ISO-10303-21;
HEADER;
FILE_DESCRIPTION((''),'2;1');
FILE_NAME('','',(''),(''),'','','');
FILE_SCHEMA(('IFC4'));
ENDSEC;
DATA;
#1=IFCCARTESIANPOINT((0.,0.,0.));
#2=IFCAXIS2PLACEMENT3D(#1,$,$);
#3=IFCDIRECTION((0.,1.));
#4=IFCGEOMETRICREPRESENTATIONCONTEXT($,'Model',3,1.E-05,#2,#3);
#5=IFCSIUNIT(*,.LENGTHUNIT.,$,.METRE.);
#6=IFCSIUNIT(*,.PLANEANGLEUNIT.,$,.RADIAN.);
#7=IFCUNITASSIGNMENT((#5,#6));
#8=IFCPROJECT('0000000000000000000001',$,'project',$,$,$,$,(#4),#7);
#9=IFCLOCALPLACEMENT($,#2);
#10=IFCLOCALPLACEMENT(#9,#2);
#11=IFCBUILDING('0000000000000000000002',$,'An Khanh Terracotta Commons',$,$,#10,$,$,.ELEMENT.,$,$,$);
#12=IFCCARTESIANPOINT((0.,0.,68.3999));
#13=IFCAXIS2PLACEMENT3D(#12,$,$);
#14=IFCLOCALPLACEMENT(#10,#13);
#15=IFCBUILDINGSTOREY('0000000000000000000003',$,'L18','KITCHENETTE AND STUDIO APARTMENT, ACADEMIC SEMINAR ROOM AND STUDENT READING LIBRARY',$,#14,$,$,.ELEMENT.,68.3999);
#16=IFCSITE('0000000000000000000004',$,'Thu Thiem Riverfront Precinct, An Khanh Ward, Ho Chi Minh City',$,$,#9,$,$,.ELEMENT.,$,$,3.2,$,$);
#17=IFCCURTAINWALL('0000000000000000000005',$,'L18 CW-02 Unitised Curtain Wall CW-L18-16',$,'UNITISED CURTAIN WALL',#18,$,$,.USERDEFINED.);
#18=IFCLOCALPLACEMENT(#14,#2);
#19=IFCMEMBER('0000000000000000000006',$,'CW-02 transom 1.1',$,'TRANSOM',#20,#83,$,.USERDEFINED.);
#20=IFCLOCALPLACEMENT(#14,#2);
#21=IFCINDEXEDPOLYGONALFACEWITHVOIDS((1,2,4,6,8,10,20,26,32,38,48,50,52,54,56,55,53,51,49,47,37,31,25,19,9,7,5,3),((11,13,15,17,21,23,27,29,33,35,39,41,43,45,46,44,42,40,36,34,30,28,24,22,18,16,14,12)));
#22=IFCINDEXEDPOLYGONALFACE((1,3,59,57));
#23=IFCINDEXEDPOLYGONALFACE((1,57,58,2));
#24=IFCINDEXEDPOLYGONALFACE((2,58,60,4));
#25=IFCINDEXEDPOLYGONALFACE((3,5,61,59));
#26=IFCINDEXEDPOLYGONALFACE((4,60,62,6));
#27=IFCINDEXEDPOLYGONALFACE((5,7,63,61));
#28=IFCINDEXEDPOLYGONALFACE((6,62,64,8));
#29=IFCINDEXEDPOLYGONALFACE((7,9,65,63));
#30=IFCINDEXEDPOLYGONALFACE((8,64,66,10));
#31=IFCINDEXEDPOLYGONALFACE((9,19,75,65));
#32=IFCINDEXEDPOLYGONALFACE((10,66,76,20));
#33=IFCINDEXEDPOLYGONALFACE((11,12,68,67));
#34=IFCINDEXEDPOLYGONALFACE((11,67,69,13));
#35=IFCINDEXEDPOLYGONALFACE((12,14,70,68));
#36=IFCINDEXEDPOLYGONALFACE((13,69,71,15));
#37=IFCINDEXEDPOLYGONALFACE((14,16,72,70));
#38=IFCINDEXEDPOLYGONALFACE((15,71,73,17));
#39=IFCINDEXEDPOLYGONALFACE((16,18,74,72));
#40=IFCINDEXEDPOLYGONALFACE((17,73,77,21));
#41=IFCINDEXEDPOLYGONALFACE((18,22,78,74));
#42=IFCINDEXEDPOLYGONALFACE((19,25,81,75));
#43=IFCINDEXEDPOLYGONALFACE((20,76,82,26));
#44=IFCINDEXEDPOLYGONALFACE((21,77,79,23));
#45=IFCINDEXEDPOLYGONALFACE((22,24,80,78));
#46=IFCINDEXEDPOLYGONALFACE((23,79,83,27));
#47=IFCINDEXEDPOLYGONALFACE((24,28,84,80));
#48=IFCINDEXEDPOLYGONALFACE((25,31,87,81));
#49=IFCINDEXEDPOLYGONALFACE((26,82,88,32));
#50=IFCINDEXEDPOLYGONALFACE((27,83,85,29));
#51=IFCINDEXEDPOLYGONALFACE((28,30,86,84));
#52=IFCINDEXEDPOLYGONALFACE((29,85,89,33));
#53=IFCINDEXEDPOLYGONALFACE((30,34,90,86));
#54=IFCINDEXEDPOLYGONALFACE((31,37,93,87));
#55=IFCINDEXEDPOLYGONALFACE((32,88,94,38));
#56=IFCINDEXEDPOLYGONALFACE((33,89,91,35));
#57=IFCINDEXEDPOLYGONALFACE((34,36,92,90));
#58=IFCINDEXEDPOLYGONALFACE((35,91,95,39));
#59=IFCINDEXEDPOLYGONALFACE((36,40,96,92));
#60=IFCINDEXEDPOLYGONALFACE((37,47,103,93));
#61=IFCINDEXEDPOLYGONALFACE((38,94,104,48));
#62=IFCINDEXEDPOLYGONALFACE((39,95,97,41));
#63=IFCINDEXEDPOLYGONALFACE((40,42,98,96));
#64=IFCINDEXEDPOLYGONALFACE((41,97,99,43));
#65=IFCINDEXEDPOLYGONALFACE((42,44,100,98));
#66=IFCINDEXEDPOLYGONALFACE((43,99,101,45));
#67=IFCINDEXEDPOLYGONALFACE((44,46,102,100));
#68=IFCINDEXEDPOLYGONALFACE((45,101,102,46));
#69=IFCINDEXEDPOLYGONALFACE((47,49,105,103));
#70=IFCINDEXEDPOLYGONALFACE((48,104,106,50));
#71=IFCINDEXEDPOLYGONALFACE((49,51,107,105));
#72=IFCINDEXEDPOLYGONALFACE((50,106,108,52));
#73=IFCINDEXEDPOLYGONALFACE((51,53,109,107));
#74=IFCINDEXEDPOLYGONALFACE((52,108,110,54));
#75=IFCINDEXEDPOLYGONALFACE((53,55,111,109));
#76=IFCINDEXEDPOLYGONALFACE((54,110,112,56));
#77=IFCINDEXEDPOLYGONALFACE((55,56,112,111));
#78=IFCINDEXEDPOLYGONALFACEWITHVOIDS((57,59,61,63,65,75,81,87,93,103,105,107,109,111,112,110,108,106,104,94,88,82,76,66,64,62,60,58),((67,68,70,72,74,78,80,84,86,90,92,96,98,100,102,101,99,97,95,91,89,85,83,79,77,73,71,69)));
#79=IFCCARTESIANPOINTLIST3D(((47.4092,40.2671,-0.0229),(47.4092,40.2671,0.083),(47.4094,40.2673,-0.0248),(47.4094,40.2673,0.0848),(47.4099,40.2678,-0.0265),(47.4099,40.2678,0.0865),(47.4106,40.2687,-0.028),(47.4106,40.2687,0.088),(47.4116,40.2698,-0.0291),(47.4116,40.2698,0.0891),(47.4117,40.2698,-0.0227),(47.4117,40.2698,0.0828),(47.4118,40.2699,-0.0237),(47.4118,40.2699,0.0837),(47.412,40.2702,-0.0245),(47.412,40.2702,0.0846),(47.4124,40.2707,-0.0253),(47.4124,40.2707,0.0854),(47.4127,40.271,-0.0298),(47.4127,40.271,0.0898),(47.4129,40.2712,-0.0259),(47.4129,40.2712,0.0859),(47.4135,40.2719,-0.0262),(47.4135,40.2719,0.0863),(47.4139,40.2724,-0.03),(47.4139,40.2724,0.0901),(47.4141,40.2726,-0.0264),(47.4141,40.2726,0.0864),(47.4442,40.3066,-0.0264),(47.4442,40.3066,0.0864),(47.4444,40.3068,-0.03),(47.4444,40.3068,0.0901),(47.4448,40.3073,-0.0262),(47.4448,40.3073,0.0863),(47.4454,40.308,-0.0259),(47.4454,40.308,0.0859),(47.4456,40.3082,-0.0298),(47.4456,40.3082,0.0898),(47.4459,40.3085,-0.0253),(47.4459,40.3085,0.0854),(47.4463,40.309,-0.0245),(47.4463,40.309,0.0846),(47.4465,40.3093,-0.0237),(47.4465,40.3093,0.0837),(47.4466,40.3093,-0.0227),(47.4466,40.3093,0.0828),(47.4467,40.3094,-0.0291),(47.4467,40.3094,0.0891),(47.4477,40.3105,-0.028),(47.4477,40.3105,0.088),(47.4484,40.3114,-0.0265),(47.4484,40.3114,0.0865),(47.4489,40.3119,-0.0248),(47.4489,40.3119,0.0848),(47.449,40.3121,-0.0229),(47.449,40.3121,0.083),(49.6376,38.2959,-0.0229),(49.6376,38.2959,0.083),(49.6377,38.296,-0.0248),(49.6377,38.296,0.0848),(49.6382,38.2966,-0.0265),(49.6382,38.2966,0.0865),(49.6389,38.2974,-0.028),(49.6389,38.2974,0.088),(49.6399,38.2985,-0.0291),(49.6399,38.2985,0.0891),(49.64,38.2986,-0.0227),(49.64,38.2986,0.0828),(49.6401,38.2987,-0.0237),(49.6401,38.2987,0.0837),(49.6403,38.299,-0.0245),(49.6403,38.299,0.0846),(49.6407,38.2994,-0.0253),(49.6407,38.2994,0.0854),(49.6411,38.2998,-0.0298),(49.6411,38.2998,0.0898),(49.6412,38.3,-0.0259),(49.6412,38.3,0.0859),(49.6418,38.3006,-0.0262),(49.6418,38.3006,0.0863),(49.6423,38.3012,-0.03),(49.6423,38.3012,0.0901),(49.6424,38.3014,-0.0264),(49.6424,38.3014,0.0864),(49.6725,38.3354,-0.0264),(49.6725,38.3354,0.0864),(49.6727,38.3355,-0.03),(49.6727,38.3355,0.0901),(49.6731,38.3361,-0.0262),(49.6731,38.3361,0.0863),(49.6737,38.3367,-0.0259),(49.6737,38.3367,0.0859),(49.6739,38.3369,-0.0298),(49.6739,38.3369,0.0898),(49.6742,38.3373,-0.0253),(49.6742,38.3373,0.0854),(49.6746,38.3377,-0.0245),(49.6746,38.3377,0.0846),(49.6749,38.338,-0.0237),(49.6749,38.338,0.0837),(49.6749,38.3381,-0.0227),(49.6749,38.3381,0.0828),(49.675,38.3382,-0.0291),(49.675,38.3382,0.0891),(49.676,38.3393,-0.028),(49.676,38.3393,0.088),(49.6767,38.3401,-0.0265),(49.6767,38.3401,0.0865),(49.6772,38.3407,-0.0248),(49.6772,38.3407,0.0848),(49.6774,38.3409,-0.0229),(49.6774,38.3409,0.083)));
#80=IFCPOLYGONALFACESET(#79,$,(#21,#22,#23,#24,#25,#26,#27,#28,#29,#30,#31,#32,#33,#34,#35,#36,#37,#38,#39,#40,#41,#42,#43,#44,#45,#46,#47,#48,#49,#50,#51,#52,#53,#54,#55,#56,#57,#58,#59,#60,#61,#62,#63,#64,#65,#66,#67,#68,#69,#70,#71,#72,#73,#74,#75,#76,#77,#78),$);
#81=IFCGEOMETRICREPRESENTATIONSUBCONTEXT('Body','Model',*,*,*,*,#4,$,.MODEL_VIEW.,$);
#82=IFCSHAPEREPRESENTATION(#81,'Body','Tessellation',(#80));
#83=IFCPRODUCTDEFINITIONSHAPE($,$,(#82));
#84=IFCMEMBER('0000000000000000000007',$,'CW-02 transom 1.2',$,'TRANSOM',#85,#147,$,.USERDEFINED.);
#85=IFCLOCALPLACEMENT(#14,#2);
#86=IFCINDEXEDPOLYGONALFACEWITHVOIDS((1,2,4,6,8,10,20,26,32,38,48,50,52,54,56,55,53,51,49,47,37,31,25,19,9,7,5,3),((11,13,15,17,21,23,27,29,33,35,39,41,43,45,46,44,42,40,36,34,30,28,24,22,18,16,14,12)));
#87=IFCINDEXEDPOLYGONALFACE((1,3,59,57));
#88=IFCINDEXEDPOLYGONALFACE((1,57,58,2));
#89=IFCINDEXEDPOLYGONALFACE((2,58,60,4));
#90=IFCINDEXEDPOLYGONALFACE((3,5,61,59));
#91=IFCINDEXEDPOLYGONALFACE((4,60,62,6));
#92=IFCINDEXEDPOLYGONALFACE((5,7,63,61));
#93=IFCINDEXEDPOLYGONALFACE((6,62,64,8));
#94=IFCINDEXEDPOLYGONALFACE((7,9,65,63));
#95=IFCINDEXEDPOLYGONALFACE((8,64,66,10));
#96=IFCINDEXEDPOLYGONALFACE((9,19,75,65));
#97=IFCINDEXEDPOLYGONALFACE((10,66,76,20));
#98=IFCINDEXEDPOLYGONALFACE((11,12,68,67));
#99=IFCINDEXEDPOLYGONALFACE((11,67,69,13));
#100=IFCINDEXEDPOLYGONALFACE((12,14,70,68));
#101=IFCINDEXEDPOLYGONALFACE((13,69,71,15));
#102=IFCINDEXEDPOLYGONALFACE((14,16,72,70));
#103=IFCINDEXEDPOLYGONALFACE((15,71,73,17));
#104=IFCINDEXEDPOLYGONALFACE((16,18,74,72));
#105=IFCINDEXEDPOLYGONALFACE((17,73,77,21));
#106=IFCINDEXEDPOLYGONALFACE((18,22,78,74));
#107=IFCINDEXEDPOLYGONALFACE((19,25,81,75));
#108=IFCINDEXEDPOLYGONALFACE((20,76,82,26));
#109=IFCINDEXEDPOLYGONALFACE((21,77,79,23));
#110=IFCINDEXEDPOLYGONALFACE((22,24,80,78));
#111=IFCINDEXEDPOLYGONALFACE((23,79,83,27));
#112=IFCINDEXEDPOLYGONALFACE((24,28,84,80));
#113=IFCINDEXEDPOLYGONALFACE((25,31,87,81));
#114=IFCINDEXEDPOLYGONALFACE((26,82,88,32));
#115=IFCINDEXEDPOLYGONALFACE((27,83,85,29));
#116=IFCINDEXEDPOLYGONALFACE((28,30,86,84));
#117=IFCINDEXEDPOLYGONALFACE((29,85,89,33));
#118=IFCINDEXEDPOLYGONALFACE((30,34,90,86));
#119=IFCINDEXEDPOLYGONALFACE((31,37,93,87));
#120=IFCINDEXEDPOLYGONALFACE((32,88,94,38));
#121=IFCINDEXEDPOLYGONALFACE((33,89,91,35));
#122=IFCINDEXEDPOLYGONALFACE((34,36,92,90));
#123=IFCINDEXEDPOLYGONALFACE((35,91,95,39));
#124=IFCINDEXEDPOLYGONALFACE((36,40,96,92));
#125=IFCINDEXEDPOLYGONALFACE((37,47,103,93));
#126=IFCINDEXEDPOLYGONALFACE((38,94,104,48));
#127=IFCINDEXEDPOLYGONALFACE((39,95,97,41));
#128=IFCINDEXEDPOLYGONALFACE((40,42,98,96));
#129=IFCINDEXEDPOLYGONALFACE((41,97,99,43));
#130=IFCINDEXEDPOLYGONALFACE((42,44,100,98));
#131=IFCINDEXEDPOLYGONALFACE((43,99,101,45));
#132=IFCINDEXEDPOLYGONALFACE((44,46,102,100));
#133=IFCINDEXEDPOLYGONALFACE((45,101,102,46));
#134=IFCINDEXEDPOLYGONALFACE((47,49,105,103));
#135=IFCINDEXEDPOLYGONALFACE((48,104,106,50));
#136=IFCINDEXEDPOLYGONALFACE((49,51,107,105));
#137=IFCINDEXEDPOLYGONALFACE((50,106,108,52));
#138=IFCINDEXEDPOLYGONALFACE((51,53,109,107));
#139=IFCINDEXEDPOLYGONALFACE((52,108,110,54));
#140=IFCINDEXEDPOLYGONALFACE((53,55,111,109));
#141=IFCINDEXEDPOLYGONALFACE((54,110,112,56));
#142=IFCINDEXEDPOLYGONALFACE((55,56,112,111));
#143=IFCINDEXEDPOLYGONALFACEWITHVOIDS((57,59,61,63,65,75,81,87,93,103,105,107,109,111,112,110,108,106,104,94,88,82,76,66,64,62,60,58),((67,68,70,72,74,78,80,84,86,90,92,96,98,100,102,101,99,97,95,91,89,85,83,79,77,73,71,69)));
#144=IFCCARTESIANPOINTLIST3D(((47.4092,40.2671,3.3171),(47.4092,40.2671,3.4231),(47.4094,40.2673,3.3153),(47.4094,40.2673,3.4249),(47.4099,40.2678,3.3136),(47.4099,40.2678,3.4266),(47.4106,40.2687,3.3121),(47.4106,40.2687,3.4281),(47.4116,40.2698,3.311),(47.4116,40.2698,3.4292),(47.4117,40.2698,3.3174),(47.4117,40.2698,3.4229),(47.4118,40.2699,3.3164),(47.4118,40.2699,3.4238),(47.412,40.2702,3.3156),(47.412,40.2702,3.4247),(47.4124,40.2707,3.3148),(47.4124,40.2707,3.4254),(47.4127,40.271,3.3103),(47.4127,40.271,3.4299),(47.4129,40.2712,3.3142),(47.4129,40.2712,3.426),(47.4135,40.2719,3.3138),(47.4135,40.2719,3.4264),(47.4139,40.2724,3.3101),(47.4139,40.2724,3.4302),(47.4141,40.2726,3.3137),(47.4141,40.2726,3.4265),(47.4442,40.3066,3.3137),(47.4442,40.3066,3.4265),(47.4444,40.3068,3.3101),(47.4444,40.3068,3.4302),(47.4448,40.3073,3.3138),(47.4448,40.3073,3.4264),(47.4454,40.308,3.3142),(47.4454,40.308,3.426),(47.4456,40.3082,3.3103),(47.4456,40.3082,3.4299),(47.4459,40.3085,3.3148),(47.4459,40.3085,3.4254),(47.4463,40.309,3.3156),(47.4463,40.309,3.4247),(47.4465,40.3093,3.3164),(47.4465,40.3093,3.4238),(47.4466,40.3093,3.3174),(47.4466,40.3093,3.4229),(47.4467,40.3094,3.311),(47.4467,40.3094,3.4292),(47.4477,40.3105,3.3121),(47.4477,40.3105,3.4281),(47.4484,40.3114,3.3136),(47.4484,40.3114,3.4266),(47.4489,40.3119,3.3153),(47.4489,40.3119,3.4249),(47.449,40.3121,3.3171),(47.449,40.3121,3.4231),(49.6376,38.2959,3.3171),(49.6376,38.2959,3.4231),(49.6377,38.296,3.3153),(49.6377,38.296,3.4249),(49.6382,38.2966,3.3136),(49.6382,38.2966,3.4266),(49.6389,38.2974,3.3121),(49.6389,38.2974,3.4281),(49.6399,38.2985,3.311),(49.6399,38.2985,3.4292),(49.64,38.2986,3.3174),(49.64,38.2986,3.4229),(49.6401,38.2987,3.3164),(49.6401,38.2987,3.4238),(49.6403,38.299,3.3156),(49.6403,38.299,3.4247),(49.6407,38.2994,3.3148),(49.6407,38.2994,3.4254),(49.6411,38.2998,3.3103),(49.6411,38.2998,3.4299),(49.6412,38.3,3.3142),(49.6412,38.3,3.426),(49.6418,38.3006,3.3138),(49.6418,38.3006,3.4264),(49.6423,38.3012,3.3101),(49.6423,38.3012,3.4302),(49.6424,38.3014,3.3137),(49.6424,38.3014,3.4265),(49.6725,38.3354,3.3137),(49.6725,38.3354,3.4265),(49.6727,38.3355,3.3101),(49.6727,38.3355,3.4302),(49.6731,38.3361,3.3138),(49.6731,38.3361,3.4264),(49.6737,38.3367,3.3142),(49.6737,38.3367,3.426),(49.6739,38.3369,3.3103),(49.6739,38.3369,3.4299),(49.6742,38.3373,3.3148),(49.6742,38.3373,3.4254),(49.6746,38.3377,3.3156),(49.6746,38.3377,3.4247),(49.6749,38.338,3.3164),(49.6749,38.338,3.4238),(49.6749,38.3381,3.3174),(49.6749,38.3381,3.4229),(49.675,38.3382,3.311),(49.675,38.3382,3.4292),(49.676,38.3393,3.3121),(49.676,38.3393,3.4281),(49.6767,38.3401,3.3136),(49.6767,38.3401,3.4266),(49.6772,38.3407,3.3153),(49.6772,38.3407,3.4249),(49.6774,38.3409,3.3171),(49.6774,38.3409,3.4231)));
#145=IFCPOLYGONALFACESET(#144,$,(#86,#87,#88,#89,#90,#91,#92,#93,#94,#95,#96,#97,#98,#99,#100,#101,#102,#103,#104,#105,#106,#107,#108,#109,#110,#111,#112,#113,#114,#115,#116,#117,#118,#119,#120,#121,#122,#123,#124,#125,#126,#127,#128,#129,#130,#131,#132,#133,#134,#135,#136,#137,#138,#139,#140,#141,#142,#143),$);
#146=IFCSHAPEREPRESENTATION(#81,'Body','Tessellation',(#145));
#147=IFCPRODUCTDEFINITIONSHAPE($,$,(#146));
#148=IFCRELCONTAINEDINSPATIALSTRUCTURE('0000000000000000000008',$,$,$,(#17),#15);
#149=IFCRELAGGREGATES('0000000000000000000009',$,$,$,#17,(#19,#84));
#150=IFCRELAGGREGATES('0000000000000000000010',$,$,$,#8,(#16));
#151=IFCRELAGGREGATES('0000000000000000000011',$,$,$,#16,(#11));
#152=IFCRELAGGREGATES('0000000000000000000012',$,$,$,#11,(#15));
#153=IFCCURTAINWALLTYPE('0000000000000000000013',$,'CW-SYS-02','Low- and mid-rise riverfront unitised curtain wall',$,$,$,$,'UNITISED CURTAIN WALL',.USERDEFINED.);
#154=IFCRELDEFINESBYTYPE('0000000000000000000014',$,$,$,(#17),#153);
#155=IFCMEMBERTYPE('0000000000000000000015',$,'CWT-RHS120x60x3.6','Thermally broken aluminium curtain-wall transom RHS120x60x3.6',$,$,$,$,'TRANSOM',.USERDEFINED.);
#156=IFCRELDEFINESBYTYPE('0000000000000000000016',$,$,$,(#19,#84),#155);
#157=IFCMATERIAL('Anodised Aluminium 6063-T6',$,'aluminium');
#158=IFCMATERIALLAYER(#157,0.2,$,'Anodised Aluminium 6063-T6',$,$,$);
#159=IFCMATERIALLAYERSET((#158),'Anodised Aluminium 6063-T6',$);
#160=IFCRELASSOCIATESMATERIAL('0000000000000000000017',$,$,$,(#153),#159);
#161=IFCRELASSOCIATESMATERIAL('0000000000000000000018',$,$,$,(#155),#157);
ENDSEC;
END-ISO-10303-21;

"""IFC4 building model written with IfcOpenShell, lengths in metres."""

from ifc_helpers import new_model, si_unit, direction, frame, origin, origin_2d, place, context, subcontext, project, spatial, hollow_rectangle, extrude, material, layer, layer_set, material_profile, profile_set, type_object, element, aggregate, save


model = new_model("IFC4")

# Units and contexts
model_context = context("Model", 3, precision=1e-05, world=origin(), true_north=direction((0.0, 1.0)))
body_context = subcontext(model_context, "Body", "Model", "MODEL_VIEW")
ifc_project = project(units=[si_unit("LENGTHUNIT", "METRE"), si_unit("PLANEANGLEUNIT", "RADIAN")], contexts=[model_context])

# Site, building, storey
site_placement = place(None, origin())
site = spatial("IfcSite", under=ifc_project, at=site_placement, Name="Thu Thiem Riverfront Precinct, An Khanh Ward, Ho Chi Minh City", CompositionType="ELEMENT", RefElevation=3.2)
building_placement = place(site_placement, origin())
building = spatial("IfcBuilding", under=site, at=building_placement, Name="An Khanh Terracotta Commons", CompositionType="ELEMENT")
storey_placement = place(building_placement, frame((0.0, 0.0, 68.3999)))
storey = spatial("IfcBuildingStorey", under=building, at=storey_placement, Name="L18", Description="KITCHENETTE AND STUDIO APARTMENT, ACADEMIC SEMINAR ROOM AND STUDENT READING LIBRARY", CompositionType="ELEMENT", Elevation=68.3999)

# Curtain wall, members
ifc_material_1 = material(Name="Anodised Aluminium 6063-T6", Category="aluminium")
ifc_layer_1 = layer(ifc_material_1, 0.2, Name="Anodised Aluminium 6063-T6")
ifc_layer_set_1 = layer_set([ifc_layer_1], Name="Anodised Aluminium 6063-T6")
curtain_wall_type = type_object("IfcCurtainWallType", Name="CW-SYS-02", Description="Low- and mid-rise riverfront unitised curtain wall", ElementType="UNITISED CURTAIN WALL", PredefinedType="USERDEFINED", material=ifc_layer_set_1)
curtain_wall_placement = place(storey_placement, origin())
curtain_wall = element("IfcCurtainWall", 1, at=curtain_wall_placement, inside=storey, type_object=curtain_wall_type, Name="L18 CW-02 Unitised Curtain Wall CW-L18-16", ObjectType="UNITISED CURTAIN WALL", PredefinedType="USERDEFINED")
ifc_material_profile_1 = material_profile(ifc_material_1, hollow_rectangle(XDim=0.0601, YDim=0.1201, WallThickness=0.0037, InnerFilletRadius=0.0037, OuterFilletRadius=0.0071, at=origin_2d()), Name="RHS120x60x3.6")
ifc_profile_set_1 = profile_set([ifc_material_profile_1], Name="Anodised Aluminium 6063-T6")
member_type_1 = type_object("IfcMemberType", Name="CWT-RHS120x60x3.6", Description="Thermally broken aluminium curtain-wall transom RHS120x60x3.6", ElementType="TRANSOM", PredefinedType="USERDEFINED", material=ifc_profile_set_1)
member_1_placement = place(storey_placement, frame((49.6575, 38.3184, 0.03), z_axis=(-0.748992, 0.662579, 0.0), x_axis=(-0.662579, -0.748992, 0.0)))
member_1 = element("IfcMember", 2, at=member_1_placement, type_object=member_type_1, Name="CW-02 transom 1.1", ObjectType="TRANSOM", PredefinedType="USERDEFINED", context=body_context, shape_type="SweptSolid", body=[
    extrude(hollow_rectangle(XDim=0.0601, YDim=0.1201, WallThickness=0.0037, InnerFilletRadius=0.0037, OuterFilletRadius=0.0071, at=origin_2d()), origin(), (0.0, 0.0, 1.0), 2.9751),
])
member_2_placement = place(storey_placement, frame((49.6575, 38.3184, 3.3701), z_axis=(-0.748992, 0.662579, 0.0), x_axis=(-0.662579, -0.748992, 0.0)))
member_2 = element("IfcMember", 3, at=member_2_placement, type_object=member_type_1, Name="CW-02 transom 1.2", ObjectType="TRANSOM", PredefinedType="USERDEFINED", context=body_context, shape_type="SweptSolid", body=[
    extrude(hollow_rectangle(XDim=0.0601, YDim=0.1201, WallThickness=0.0037, InnerFilletRadius=0.0037, OuterFilletRadius=0.0071, at=origin_2d()), origin(), (0.0, 0.0, 1.0), 2.9751),
])
aggregate(curtain_wall, [member_1, member_2])

save(model, "model.ifc")
